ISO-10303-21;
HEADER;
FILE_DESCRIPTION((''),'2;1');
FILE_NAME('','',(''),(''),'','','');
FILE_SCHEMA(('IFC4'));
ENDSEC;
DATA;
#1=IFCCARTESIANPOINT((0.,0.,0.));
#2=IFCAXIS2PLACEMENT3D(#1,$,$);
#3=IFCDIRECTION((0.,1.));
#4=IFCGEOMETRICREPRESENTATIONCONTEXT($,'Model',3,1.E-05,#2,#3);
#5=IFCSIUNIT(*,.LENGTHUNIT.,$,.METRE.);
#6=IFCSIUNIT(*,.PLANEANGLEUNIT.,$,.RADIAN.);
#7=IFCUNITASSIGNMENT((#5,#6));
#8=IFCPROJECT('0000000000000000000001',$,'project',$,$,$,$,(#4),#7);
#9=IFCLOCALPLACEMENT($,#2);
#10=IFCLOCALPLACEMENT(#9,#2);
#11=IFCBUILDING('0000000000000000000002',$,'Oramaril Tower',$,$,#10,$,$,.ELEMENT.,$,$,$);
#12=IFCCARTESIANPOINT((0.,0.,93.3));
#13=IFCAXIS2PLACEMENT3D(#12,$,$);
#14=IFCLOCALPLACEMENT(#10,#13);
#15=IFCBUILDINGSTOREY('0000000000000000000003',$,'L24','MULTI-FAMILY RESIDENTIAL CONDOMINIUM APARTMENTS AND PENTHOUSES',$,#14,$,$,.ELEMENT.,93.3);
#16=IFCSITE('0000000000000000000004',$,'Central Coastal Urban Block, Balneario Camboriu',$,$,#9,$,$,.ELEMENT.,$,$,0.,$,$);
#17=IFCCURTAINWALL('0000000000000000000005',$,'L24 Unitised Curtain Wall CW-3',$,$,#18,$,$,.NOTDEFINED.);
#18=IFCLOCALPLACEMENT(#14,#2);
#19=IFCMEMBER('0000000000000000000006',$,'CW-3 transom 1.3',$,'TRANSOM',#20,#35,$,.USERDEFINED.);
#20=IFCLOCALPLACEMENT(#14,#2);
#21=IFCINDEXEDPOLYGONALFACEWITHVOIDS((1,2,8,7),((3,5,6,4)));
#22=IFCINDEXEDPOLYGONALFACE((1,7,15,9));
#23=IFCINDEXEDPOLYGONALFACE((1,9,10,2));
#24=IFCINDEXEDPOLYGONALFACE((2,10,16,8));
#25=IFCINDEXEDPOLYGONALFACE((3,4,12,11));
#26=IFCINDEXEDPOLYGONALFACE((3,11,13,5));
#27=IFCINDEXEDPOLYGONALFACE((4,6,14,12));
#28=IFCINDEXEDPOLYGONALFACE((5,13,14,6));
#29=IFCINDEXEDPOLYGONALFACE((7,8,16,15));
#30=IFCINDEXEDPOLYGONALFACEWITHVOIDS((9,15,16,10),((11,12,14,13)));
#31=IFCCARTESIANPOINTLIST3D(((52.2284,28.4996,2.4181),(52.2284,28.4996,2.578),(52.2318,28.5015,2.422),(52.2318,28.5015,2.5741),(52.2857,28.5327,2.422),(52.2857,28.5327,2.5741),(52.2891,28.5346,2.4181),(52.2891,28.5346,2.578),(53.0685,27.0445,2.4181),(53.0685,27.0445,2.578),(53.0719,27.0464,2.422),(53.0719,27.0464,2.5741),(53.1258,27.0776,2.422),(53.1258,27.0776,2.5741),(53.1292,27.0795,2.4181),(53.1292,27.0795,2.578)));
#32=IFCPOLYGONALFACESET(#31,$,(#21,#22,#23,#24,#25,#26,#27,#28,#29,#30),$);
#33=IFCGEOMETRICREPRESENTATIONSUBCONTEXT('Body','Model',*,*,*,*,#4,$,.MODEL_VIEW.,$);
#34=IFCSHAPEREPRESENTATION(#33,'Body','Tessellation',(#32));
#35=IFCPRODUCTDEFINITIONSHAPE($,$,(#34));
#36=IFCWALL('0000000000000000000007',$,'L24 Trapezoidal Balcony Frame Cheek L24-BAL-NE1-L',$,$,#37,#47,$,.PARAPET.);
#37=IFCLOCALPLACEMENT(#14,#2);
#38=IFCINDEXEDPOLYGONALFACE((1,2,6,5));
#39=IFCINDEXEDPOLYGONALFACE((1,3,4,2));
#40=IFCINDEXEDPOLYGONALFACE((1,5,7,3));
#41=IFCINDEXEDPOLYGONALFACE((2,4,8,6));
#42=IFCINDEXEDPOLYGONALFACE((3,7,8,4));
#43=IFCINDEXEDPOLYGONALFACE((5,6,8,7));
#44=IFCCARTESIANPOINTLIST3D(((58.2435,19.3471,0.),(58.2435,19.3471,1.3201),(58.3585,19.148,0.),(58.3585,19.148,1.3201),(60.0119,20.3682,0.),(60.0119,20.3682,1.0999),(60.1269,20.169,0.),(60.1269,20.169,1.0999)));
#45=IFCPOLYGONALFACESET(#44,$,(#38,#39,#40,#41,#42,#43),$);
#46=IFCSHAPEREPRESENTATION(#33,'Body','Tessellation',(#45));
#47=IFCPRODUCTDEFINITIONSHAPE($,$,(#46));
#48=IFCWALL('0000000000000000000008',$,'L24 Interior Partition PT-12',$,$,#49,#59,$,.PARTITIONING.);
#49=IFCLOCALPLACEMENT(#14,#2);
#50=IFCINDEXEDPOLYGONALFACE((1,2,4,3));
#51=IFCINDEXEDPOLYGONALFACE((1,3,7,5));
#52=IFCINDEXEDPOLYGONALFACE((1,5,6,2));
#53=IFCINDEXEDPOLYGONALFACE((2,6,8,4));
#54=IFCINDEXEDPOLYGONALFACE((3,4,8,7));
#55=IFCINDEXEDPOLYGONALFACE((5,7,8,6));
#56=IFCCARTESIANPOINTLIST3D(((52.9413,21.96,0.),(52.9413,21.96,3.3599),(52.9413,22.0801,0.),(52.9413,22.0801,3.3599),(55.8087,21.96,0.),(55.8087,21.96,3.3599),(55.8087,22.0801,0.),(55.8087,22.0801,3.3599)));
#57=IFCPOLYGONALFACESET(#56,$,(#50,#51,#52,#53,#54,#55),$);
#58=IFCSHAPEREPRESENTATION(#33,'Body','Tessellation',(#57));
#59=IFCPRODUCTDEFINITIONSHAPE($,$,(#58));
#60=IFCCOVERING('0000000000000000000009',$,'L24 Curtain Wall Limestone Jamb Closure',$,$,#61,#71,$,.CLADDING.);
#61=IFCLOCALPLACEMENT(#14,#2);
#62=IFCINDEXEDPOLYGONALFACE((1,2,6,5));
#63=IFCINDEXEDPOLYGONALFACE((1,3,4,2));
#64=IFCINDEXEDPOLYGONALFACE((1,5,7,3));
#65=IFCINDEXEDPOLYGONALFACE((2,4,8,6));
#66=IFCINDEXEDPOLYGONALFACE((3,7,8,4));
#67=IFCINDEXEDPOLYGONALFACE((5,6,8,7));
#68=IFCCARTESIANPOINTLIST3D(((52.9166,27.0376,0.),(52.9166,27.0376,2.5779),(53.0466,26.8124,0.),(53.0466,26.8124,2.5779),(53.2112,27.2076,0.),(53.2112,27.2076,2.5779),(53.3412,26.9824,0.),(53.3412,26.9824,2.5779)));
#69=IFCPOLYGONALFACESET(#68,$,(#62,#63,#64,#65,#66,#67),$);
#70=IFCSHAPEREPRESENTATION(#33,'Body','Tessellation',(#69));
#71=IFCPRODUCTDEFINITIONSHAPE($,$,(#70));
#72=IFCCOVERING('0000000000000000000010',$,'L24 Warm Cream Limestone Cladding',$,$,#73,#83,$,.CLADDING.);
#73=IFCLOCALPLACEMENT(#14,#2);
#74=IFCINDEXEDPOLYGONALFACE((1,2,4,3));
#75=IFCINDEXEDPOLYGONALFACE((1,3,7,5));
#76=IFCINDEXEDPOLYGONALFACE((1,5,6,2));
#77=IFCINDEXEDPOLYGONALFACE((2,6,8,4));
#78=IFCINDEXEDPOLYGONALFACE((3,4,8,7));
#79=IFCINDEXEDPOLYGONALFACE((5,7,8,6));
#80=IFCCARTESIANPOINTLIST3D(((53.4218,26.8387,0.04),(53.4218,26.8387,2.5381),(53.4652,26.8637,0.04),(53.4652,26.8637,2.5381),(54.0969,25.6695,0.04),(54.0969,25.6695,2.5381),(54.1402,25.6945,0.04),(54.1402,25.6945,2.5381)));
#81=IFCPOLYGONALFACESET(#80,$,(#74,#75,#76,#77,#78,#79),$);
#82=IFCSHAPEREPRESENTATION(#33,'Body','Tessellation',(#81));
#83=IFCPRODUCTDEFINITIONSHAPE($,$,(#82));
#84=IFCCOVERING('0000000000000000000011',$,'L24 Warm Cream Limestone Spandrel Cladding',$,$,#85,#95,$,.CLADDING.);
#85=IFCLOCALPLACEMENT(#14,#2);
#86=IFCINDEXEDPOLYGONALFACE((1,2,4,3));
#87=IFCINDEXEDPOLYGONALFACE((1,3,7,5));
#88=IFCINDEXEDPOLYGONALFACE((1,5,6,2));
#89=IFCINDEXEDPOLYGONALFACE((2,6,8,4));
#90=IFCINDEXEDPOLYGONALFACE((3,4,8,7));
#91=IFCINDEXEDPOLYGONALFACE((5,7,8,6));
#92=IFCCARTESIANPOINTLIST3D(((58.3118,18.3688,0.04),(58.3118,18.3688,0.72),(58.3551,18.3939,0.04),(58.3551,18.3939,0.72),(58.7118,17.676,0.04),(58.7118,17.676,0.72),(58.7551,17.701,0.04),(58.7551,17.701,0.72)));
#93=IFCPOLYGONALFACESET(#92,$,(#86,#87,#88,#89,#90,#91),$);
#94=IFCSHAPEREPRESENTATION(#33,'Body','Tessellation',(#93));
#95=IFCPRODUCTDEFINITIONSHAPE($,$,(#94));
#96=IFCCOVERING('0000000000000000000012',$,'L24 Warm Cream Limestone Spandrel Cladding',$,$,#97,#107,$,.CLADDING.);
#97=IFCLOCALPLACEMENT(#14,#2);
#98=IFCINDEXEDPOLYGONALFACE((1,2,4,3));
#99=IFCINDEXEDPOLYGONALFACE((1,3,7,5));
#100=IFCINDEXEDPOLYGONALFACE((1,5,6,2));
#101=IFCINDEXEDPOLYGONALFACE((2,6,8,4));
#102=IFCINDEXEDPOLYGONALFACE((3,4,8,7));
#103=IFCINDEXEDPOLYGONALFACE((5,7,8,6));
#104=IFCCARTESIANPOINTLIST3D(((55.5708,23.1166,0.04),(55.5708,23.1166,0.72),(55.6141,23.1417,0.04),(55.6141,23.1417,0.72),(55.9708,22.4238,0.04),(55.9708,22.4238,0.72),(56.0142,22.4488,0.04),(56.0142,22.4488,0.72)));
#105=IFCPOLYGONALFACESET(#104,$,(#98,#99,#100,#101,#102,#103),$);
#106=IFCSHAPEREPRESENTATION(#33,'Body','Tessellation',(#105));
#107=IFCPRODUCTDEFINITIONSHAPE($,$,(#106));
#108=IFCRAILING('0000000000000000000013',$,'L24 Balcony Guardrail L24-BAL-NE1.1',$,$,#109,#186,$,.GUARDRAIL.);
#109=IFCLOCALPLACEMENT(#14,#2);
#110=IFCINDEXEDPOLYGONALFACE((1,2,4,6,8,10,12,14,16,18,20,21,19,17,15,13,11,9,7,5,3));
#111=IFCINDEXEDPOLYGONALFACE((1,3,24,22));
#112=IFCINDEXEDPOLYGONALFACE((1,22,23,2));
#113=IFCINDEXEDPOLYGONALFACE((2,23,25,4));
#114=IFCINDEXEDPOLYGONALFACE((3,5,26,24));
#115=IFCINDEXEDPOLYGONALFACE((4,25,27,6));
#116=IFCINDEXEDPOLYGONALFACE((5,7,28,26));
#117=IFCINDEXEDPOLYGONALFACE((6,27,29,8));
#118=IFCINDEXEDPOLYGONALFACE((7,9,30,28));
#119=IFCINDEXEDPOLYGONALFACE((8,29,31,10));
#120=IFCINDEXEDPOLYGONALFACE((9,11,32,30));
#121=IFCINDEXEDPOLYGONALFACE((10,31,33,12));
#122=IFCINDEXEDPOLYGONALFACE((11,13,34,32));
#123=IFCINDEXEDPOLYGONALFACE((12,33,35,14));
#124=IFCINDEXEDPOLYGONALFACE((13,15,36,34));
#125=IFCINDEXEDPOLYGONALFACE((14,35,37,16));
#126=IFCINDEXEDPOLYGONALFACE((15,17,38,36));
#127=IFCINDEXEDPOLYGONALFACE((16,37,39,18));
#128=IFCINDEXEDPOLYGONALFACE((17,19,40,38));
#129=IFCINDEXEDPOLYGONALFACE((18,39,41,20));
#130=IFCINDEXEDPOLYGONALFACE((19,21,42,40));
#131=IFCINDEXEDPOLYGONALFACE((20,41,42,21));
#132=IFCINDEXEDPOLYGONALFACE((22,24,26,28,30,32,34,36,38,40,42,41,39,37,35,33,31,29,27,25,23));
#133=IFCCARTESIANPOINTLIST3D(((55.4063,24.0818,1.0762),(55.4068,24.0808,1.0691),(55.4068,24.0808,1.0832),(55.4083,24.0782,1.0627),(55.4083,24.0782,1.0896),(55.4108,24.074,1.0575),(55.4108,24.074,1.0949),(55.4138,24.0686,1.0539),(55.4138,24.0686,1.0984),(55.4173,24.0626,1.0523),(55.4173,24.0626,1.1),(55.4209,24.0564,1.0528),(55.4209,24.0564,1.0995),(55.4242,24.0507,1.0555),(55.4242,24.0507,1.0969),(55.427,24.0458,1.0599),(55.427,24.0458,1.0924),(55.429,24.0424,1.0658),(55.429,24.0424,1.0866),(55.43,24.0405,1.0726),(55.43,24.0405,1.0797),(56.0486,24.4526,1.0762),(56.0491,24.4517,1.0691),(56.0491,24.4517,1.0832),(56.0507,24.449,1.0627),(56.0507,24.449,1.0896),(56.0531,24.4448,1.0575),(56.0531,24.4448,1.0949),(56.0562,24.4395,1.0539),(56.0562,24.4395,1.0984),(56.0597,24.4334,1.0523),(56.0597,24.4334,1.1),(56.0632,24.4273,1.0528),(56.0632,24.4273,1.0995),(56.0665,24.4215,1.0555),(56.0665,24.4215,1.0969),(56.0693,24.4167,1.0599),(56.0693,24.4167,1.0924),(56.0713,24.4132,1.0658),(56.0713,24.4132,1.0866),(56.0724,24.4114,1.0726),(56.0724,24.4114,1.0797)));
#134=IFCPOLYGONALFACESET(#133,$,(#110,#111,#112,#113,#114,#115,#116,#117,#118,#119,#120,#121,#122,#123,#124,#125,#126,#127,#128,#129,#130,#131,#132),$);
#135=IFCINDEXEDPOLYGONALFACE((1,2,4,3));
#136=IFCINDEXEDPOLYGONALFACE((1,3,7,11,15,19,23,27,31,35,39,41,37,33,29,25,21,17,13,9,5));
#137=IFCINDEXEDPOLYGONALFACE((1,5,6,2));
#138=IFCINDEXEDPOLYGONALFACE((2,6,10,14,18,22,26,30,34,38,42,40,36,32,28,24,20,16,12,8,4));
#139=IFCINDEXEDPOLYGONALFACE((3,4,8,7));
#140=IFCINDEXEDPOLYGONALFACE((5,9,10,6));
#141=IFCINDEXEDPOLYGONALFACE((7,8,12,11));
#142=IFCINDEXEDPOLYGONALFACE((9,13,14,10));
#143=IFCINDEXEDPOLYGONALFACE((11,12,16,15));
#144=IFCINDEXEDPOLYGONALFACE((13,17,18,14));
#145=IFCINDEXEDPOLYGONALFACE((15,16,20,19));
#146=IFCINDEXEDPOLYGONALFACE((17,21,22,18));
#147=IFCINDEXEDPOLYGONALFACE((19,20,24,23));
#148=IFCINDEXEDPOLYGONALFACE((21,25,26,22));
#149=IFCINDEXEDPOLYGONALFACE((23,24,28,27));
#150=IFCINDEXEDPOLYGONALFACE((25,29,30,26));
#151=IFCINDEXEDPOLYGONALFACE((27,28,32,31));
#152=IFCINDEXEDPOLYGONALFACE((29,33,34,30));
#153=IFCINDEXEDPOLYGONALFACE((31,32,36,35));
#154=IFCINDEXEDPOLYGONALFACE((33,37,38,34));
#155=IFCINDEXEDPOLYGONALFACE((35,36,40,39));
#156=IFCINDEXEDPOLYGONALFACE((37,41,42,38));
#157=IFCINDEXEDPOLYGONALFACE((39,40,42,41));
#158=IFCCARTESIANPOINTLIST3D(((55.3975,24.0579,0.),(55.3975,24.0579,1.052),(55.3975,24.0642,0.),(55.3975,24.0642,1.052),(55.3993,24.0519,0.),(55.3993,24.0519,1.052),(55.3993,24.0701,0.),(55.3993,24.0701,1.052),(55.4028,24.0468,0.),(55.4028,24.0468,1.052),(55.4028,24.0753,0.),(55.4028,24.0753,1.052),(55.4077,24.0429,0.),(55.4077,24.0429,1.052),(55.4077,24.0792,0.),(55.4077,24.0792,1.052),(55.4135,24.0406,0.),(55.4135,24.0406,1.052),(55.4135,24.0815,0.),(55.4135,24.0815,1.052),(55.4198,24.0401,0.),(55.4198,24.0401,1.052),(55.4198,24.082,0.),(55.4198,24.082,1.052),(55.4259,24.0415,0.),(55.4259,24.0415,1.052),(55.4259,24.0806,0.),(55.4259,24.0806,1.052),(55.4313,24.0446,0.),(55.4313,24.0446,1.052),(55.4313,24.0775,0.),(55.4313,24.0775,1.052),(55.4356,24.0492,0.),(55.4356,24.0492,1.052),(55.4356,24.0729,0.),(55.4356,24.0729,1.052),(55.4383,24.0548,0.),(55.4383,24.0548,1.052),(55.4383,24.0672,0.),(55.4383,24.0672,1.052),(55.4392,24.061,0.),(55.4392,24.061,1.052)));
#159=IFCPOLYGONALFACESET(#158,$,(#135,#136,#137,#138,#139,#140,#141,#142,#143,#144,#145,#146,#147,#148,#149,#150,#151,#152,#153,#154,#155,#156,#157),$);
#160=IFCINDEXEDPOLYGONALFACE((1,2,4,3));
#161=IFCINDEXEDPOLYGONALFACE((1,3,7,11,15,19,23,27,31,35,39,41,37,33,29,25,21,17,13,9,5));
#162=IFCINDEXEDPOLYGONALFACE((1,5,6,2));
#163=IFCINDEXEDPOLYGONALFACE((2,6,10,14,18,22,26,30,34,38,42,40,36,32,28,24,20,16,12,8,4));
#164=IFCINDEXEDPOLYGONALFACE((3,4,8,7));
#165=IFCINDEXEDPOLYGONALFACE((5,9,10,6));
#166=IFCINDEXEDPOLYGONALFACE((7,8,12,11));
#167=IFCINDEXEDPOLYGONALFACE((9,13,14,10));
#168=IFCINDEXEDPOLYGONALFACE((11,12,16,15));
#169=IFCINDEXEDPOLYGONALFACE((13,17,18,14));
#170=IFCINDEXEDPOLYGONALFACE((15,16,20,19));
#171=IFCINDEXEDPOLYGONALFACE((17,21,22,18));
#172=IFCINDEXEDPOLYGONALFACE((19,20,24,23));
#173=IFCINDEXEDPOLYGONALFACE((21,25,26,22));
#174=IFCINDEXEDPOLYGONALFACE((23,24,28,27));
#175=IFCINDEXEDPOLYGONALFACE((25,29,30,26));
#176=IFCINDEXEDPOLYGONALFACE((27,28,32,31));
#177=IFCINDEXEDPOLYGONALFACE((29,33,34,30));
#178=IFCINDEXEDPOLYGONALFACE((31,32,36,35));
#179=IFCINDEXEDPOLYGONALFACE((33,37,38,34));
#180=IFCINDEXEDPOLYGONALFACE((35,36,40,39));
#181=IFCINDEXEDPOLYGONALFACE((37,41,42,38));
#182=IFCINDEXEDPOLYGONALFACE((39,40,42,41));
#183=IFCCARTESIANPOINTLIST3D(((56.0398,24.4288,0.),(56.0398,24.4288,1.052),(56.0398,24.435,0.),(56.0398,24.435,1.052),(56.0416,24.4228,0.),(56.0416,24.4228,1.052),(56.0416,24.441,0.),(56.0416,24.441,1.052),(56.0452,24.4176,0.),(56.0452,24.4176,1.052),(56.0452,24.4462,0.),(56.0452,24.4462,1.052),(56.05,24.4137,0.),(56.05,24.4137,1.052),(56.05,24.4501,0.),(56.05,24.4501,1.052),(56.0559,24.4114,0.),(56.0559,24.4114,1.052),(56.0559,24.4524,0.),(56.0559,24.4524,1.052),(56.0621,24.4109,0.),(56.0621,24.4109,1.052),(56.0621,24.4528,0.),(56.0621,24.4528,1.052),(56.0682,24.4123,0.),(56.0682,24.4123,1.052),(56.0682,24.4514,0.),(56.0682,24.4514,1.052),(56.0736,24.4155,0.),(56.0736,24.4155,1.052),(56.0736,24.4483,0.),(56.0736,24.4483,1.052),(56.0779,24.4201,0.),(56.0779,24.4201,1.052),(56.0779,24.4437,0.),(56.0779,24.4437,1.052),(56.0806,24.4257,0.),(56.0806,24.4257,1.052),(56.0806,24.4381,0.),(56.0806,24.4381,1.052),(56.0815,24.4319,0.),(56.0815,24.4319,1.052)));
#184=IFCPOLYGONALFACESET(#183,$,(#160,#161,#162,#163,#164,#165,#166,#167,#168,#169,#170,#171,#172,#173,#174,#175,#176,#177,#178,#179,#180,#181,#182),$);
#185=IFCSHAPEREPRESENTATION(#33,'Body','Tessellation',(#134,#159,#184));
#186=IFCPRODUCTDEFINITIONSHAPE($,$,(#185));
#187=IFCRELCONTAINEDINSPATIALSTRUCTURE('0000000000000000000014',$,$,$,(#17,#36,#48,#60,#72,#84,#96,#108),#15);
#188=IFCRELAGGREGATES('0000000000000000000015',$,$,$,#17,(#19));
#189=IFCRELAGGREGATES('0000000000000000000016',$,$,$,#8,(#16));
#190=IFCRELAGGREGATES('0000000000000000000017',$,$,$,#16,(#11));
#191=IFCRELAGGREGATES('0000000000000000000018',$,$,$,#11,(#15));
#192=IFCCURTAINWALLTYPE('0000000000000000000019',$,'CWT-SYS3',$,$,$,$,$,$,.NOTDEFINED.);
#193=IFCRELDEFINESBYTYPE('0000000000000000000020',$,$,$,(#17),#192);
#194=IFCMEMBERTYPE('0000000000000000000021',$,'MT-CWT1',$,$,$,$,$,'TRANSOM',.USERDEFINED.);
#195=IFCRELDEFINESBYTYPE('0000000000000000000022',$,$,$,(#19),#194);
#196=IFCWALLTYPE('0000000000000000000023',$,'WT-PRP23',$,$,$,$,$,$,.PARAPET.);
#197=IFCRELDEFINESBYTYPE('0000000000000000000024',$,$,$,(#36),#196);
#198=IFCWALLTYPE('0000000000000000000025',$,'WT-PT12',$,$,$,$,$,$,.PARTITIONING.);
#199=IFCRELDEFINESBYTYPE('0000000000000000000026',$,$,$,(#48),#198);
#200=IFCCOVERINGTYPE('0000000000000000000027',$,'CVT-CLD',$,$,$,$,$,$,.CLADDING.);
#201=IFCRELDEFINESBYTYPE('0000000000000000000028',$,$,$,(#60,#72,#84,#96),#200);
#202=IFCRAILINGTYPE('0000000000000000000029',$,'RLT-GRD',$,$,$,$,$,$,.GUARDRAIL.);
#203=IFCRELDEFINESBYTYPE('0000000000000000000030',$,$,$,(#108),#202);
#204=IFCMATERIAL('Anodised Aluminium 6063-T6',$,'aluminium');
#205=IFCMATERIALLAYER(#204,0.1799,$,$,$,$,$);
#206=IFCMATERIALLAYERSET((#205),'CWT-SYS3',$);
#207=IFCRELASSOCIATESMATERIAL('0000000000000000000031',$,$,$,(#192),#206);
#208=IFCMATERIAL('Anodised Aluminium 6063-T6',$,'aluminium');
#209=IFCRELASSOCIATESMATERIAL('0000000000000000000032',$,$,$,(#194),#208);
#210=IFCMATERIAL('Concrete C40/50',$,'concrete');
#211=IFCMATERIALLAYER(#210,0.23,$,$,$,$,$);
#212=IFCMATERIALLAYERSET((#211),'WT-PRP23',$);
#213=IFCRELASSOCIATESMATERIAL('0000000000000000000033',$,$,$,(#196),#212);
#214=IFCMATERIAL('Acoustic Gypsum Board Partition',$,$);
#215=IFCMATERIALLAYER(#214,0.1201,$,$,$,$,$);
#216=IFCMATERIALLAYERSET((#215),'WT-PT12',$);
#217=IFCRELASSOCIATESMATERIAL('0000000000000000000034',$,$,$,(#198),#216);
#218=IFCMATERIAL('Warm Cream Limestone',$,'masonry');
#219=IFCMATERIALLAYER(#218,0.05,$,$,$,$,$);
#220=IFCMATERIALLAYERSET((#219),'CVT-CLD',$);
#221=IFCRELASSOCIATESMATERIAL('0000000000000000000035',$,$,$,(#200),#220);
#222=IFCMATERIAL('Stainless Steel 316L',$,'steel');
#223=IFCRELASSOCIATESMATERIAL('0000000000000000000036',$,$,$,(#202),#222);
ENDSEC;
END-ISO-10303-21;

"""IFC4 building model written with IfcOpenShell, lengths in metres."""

from ifc_helpers import new_model, si_unit, direction, frame, frame_2d, origin, origin_2d, place, context, subcontext, project, spatial, polyline, rectangle, hollow_rectangle, circle, outline, extrude, material, layer, layer_set, material_profile, profile_set, type_object, element, aggregate, save


model = new_model("IFC4")

# Units and contexts
model_context = context("Model", 3, precision=1e-05, world=origin(), true_north=direction((0.0, 1.0)))
body_context = subcontext(model_context, "Body", "Model", "MODEL_VIEW")
ifc_project = project(units=[si_unit("LENGTHUNIT", "METRE"), si_unit("PLANEANGLEUNIT", "RADIAN")], contexts=[model_context])

# Site, building, storey
site_placement = place(None, origin())
site = spatial("IfcSite", under=ifc_project, at=site_placement, Name="Central Coastal Urban Block, Balneario Camboriu", CompositionType="ELEMENT", RefElevation=0.0)
building_placement = place(site_placement, origin())
building = spatial("IfcBuilding", under=site, at=building_placement, Name="Oramaril Tower", CompositionType="ELEMENT")
storey_placement = place(building_placement, frame((0.0, 0.0, 93.3)))
storey = spatial("IfcBuildingStorey", under=building, at=storey_placement, Name="L24", Description="MULTI-FAMILY RESIDENTIAL CONDOMINIUM APARTMENTS AND PENTHOUSES", CompositionType="ELEMENT", Elevation=93.3)

# Curtain wall, member
ifc_material_1 = material(Name="Anodised Aluminium 6063-T6", Category="aluminium")
ifc_layer_1 = layer(ifc_material_1, 0.1799)
ifc_layer_set_1 = layer_set([ifc_layer_1], Name="CWT-SYS3")
curtain_wall_type = type_object("IfcCurtainWallType", Name="CWT-SYS3", PredefinedType="NOTDEFINED", material=ifc_layer_set_1)
curtain_wall_placement = place(storey_placement, origin())
curtain_wall = element("IfcCurtainWall", 1, at=curtain_wall_placement, inside=storey, type_object=curtain_wall_type, Name="L24 Unitised Curtain Wall CW-3", PredefinedType="NOTDEFINED")
ifc_material_2 = material(Name="Anodised Aluminium 6063-T6", Category="aluminium")
ifc_material_profile_1 = material_profile(ifc_material_2, hollow_rectangle(XDim=0.0701, YDim=0.1599, WallThickness=0.0039, at=origin_2d()), Name="CWT160X70")
ifc_profile_set_1 = profile_set([ifc_material_profile_1], Name="Anodised Aluminium 6063-T6")
member_type_1 = type_object("IfcMemberType", Name="MT-CWT1", ElementType="TRANSOM", PredefinedType="USERDEFINED", material=ifc_profile_set_1)
member_1_placement = place(storey_placement, frame((53.0989, 27.062, 2.498), z_axis=(-0.499999, 0.866026, 0.0), x_axis=(-0.866026, -0.499999, 0.0)))
member_1 = element("IfcMember", 2, at=member_1_placement, type_object=member_type_1, Name="CW-3 transom 1.3", ObjectType="TRANSOM", PredefinedType="USERDEFINED", context=body_context, shape_type="SweptSolid", body=[
    extrude(hollow_rectangle(XDim=0.0701, YDim=0.1599, WallThickness=0.0039, at=origin_2d()), origin(), (0.0, 0.0, 1.0), 1.6802),
])
aggregate(curtain_wall, [member_1])

# Walls
ifc_material_3 = material(Name="Concrete C40/50", Category="concrete")
ifc_layer_2 = layer(ifc_material_3, 0.23)
ifc_layer_set_2 = layer_set([ifc_layer_2], Name="WT-PRP23")
wall_type_1 = type_object("IfcWallType", Name="WT-PRP23", PredefinedType="PARAPET", material=ifc_layer_set_2)
wall_1_placement = place(storey_placement, frame((58.301, 19.2476, 0.0), z_axis=(0.0, 0.0, 1.0), x_axis=(0.866012, 0.500023, 0.0)))
element("IfcWall", 3, at=wall_1_placement, inside=storey, type_object=wall_type_1, Name="L24 Trapezoidal Balcony Frame Cheek L24-BAL-NE1-L", PredefinedType="PARAPET", context=body_context, shape_type="SweptSolid", body=[
    extrude(outline(polyline([(0.0, 0.0), (2.042, 0.0), (2.042, 1.0999), (0.0, 1.3201), (0.0, 0.0)])), frame((0.0, 0.115, 0.0), z_axis=(0.0, -1.0, 0.0), x_axis=(1.0, 0.0, 0.0)), (0.0, 0.0, 1.0), 0.23),
])
ifc_material_4 = material(Name="Acoustic Gypsum Board Partition")
ifc_layer_3 = layer(ifc_material_4, 0.1201)
ifc_layer_set_3 = layer_set([ifc_layer_3], Name="WT-PT12")
wall_type_2 = type_object("IfcWallType", Name="WT-PT12", PredefinedType="PARTITIONING", material=ifc_layer_set_3)
wall_2_placement = place(storey_placement, frame((52.9414, 22.02, 0.0), z_axis=(0.0, 0.0, 1.0), x_axis=(1.0, 0.0, 0.0)))
element("IfcWall", 4, at=wall_2_placement, inside=storey, type_object=wall_type_2, Name="L24 Interior Partition PT-12", PredefinedType="PARTITIONING", context=body_context, shape_type="SweptSolid", body=[
    extrude(rectangle(XDim=2.8674, YDim=0.1201, at=frame_2d((1.4336, 0.0))), origin(), (0.0, 0.0, 1.0), 3.3599),
])

# Coverings
ifc_material_5 = material(Name="Warm Cream Limestone", Category="masonry")
ifc_layer_4 = layer(ifc_material_5, 0.05)
ifc_layer_set_4 = layer_set([ifc_layer_4], Name="CVT-CLD")
covering_type = type_object("IfcCoveringType", Name="CVT-CLD", PredefinedType="CLADDING", material=ifc_layer_set_4)
covering_1_placement = place(storey_placement, frame((53.1289, 27.01, 0.0), z_axis=(0.0, 0.0, 1.0), x_axis=(-0.5, 0.866025, 0.0)))
element("IfcCovering", 5, at=covering_1_placement, inside=storey, type_object=covering_type, Name="L24 Curtain Wall Limestone Jamb Closure", PredefinedType="CLADDING", context=body_context, shape_type="SweptSolid", body=[
    extrude(rectangle(XDim=0.26, YDim=0.3401, at=origin_2d()), origin(), (0.0, 0.0, 1.0), 2.5779),
])
covering_2_placement = place(storey_placement, frame((53.781, 26.2666, 0.04), z_axis=(0.0, 0.0, 1.0), x_axis=(-0.5, 0.866025, 0.0)))
element("IfcCovering", 6, at=covering_2_placement, inside=storey, type_object=covering_type, Name="L24 Warm Cream Limestone Cladding", PredefinedType="CLADDING", context=body_context, shape_type="SweptSolid", body=[
    extrude(rectangle(XDim=1.3501, YDim=0.05, at=origin_2d()), origin(), (0.0, 0.0, 1.0), 2.498),
])
for number, where, z_axis, x_axis, name in (
    (7, (58.5334, 18.0349, 0.04), (0.0, 0.0, 1.0), (-0.5, 0.866025, 0.0), "L24 Warm Cream Limestone Spandrel Cladding"),
    (8, (55.7925, 22.7827, 0.04), (0.0, 0.0, 1.0), (-0.5, 0.866025, 0.0), "L24 Warm Cream Limestone Spandrel Cladding"),
):
    element("IfcCovering", number, at=place(storey_placement, frame(where, z_axis=z_axis, x_axis=x_axis)), inside=storey, type_object=covering_type, Name=name, PredefinedType="CLADDING", context=body_context, shape_type="SweptSolid", body=[
        extrude(rectangle(XDim=0.8, YDim=0.05, at=origin_2d()), origin(), (0.0, 0.0, 1.0), 0.6799),
    ])

# Railing
ifc_material_6 = material(Name="Stainless Steel 316L", Category="steel")
railing_type = type_object("IfcRailingType", Name="RLT-GRD", PredefinedType="GUARDRAIL", material=ifc_material_6)
railing_1_placement = place(storey_placement, frame((55.4182, 24.061, 0.0)))
element("IfcRailing", 9, at=railing_1_placement, inside=storey, type_object=railing_type, Name="L24 Balcony Guardrail L24-BAL-NE1.1", PredefinedType="GUARDRAIL", context=body_context, shape_type="SweptSolid", body=[
    extrude(circle(Radius=0.0239, at=origin_2d()), frame((0.0, 0.0, 1.0762), z_axis=(0.866027, 0.499998, 0.0), x_axis=(-0.499998, 0.866027, 0.0)), (0.0, 0.0, 1.0), 0.7417),
    extrude(circle(Radius=0.021, at=origin_2d()), origin(), (0.0, 0.0, 1.0), 1.052),
    extrude(circle(Radius=0.021, at=origin_2d()), frame((0.6423, 0.3708, 0.0)), (0.0, 0.0, 1.0), 1.052),
])

save(model, "model.ifc")
